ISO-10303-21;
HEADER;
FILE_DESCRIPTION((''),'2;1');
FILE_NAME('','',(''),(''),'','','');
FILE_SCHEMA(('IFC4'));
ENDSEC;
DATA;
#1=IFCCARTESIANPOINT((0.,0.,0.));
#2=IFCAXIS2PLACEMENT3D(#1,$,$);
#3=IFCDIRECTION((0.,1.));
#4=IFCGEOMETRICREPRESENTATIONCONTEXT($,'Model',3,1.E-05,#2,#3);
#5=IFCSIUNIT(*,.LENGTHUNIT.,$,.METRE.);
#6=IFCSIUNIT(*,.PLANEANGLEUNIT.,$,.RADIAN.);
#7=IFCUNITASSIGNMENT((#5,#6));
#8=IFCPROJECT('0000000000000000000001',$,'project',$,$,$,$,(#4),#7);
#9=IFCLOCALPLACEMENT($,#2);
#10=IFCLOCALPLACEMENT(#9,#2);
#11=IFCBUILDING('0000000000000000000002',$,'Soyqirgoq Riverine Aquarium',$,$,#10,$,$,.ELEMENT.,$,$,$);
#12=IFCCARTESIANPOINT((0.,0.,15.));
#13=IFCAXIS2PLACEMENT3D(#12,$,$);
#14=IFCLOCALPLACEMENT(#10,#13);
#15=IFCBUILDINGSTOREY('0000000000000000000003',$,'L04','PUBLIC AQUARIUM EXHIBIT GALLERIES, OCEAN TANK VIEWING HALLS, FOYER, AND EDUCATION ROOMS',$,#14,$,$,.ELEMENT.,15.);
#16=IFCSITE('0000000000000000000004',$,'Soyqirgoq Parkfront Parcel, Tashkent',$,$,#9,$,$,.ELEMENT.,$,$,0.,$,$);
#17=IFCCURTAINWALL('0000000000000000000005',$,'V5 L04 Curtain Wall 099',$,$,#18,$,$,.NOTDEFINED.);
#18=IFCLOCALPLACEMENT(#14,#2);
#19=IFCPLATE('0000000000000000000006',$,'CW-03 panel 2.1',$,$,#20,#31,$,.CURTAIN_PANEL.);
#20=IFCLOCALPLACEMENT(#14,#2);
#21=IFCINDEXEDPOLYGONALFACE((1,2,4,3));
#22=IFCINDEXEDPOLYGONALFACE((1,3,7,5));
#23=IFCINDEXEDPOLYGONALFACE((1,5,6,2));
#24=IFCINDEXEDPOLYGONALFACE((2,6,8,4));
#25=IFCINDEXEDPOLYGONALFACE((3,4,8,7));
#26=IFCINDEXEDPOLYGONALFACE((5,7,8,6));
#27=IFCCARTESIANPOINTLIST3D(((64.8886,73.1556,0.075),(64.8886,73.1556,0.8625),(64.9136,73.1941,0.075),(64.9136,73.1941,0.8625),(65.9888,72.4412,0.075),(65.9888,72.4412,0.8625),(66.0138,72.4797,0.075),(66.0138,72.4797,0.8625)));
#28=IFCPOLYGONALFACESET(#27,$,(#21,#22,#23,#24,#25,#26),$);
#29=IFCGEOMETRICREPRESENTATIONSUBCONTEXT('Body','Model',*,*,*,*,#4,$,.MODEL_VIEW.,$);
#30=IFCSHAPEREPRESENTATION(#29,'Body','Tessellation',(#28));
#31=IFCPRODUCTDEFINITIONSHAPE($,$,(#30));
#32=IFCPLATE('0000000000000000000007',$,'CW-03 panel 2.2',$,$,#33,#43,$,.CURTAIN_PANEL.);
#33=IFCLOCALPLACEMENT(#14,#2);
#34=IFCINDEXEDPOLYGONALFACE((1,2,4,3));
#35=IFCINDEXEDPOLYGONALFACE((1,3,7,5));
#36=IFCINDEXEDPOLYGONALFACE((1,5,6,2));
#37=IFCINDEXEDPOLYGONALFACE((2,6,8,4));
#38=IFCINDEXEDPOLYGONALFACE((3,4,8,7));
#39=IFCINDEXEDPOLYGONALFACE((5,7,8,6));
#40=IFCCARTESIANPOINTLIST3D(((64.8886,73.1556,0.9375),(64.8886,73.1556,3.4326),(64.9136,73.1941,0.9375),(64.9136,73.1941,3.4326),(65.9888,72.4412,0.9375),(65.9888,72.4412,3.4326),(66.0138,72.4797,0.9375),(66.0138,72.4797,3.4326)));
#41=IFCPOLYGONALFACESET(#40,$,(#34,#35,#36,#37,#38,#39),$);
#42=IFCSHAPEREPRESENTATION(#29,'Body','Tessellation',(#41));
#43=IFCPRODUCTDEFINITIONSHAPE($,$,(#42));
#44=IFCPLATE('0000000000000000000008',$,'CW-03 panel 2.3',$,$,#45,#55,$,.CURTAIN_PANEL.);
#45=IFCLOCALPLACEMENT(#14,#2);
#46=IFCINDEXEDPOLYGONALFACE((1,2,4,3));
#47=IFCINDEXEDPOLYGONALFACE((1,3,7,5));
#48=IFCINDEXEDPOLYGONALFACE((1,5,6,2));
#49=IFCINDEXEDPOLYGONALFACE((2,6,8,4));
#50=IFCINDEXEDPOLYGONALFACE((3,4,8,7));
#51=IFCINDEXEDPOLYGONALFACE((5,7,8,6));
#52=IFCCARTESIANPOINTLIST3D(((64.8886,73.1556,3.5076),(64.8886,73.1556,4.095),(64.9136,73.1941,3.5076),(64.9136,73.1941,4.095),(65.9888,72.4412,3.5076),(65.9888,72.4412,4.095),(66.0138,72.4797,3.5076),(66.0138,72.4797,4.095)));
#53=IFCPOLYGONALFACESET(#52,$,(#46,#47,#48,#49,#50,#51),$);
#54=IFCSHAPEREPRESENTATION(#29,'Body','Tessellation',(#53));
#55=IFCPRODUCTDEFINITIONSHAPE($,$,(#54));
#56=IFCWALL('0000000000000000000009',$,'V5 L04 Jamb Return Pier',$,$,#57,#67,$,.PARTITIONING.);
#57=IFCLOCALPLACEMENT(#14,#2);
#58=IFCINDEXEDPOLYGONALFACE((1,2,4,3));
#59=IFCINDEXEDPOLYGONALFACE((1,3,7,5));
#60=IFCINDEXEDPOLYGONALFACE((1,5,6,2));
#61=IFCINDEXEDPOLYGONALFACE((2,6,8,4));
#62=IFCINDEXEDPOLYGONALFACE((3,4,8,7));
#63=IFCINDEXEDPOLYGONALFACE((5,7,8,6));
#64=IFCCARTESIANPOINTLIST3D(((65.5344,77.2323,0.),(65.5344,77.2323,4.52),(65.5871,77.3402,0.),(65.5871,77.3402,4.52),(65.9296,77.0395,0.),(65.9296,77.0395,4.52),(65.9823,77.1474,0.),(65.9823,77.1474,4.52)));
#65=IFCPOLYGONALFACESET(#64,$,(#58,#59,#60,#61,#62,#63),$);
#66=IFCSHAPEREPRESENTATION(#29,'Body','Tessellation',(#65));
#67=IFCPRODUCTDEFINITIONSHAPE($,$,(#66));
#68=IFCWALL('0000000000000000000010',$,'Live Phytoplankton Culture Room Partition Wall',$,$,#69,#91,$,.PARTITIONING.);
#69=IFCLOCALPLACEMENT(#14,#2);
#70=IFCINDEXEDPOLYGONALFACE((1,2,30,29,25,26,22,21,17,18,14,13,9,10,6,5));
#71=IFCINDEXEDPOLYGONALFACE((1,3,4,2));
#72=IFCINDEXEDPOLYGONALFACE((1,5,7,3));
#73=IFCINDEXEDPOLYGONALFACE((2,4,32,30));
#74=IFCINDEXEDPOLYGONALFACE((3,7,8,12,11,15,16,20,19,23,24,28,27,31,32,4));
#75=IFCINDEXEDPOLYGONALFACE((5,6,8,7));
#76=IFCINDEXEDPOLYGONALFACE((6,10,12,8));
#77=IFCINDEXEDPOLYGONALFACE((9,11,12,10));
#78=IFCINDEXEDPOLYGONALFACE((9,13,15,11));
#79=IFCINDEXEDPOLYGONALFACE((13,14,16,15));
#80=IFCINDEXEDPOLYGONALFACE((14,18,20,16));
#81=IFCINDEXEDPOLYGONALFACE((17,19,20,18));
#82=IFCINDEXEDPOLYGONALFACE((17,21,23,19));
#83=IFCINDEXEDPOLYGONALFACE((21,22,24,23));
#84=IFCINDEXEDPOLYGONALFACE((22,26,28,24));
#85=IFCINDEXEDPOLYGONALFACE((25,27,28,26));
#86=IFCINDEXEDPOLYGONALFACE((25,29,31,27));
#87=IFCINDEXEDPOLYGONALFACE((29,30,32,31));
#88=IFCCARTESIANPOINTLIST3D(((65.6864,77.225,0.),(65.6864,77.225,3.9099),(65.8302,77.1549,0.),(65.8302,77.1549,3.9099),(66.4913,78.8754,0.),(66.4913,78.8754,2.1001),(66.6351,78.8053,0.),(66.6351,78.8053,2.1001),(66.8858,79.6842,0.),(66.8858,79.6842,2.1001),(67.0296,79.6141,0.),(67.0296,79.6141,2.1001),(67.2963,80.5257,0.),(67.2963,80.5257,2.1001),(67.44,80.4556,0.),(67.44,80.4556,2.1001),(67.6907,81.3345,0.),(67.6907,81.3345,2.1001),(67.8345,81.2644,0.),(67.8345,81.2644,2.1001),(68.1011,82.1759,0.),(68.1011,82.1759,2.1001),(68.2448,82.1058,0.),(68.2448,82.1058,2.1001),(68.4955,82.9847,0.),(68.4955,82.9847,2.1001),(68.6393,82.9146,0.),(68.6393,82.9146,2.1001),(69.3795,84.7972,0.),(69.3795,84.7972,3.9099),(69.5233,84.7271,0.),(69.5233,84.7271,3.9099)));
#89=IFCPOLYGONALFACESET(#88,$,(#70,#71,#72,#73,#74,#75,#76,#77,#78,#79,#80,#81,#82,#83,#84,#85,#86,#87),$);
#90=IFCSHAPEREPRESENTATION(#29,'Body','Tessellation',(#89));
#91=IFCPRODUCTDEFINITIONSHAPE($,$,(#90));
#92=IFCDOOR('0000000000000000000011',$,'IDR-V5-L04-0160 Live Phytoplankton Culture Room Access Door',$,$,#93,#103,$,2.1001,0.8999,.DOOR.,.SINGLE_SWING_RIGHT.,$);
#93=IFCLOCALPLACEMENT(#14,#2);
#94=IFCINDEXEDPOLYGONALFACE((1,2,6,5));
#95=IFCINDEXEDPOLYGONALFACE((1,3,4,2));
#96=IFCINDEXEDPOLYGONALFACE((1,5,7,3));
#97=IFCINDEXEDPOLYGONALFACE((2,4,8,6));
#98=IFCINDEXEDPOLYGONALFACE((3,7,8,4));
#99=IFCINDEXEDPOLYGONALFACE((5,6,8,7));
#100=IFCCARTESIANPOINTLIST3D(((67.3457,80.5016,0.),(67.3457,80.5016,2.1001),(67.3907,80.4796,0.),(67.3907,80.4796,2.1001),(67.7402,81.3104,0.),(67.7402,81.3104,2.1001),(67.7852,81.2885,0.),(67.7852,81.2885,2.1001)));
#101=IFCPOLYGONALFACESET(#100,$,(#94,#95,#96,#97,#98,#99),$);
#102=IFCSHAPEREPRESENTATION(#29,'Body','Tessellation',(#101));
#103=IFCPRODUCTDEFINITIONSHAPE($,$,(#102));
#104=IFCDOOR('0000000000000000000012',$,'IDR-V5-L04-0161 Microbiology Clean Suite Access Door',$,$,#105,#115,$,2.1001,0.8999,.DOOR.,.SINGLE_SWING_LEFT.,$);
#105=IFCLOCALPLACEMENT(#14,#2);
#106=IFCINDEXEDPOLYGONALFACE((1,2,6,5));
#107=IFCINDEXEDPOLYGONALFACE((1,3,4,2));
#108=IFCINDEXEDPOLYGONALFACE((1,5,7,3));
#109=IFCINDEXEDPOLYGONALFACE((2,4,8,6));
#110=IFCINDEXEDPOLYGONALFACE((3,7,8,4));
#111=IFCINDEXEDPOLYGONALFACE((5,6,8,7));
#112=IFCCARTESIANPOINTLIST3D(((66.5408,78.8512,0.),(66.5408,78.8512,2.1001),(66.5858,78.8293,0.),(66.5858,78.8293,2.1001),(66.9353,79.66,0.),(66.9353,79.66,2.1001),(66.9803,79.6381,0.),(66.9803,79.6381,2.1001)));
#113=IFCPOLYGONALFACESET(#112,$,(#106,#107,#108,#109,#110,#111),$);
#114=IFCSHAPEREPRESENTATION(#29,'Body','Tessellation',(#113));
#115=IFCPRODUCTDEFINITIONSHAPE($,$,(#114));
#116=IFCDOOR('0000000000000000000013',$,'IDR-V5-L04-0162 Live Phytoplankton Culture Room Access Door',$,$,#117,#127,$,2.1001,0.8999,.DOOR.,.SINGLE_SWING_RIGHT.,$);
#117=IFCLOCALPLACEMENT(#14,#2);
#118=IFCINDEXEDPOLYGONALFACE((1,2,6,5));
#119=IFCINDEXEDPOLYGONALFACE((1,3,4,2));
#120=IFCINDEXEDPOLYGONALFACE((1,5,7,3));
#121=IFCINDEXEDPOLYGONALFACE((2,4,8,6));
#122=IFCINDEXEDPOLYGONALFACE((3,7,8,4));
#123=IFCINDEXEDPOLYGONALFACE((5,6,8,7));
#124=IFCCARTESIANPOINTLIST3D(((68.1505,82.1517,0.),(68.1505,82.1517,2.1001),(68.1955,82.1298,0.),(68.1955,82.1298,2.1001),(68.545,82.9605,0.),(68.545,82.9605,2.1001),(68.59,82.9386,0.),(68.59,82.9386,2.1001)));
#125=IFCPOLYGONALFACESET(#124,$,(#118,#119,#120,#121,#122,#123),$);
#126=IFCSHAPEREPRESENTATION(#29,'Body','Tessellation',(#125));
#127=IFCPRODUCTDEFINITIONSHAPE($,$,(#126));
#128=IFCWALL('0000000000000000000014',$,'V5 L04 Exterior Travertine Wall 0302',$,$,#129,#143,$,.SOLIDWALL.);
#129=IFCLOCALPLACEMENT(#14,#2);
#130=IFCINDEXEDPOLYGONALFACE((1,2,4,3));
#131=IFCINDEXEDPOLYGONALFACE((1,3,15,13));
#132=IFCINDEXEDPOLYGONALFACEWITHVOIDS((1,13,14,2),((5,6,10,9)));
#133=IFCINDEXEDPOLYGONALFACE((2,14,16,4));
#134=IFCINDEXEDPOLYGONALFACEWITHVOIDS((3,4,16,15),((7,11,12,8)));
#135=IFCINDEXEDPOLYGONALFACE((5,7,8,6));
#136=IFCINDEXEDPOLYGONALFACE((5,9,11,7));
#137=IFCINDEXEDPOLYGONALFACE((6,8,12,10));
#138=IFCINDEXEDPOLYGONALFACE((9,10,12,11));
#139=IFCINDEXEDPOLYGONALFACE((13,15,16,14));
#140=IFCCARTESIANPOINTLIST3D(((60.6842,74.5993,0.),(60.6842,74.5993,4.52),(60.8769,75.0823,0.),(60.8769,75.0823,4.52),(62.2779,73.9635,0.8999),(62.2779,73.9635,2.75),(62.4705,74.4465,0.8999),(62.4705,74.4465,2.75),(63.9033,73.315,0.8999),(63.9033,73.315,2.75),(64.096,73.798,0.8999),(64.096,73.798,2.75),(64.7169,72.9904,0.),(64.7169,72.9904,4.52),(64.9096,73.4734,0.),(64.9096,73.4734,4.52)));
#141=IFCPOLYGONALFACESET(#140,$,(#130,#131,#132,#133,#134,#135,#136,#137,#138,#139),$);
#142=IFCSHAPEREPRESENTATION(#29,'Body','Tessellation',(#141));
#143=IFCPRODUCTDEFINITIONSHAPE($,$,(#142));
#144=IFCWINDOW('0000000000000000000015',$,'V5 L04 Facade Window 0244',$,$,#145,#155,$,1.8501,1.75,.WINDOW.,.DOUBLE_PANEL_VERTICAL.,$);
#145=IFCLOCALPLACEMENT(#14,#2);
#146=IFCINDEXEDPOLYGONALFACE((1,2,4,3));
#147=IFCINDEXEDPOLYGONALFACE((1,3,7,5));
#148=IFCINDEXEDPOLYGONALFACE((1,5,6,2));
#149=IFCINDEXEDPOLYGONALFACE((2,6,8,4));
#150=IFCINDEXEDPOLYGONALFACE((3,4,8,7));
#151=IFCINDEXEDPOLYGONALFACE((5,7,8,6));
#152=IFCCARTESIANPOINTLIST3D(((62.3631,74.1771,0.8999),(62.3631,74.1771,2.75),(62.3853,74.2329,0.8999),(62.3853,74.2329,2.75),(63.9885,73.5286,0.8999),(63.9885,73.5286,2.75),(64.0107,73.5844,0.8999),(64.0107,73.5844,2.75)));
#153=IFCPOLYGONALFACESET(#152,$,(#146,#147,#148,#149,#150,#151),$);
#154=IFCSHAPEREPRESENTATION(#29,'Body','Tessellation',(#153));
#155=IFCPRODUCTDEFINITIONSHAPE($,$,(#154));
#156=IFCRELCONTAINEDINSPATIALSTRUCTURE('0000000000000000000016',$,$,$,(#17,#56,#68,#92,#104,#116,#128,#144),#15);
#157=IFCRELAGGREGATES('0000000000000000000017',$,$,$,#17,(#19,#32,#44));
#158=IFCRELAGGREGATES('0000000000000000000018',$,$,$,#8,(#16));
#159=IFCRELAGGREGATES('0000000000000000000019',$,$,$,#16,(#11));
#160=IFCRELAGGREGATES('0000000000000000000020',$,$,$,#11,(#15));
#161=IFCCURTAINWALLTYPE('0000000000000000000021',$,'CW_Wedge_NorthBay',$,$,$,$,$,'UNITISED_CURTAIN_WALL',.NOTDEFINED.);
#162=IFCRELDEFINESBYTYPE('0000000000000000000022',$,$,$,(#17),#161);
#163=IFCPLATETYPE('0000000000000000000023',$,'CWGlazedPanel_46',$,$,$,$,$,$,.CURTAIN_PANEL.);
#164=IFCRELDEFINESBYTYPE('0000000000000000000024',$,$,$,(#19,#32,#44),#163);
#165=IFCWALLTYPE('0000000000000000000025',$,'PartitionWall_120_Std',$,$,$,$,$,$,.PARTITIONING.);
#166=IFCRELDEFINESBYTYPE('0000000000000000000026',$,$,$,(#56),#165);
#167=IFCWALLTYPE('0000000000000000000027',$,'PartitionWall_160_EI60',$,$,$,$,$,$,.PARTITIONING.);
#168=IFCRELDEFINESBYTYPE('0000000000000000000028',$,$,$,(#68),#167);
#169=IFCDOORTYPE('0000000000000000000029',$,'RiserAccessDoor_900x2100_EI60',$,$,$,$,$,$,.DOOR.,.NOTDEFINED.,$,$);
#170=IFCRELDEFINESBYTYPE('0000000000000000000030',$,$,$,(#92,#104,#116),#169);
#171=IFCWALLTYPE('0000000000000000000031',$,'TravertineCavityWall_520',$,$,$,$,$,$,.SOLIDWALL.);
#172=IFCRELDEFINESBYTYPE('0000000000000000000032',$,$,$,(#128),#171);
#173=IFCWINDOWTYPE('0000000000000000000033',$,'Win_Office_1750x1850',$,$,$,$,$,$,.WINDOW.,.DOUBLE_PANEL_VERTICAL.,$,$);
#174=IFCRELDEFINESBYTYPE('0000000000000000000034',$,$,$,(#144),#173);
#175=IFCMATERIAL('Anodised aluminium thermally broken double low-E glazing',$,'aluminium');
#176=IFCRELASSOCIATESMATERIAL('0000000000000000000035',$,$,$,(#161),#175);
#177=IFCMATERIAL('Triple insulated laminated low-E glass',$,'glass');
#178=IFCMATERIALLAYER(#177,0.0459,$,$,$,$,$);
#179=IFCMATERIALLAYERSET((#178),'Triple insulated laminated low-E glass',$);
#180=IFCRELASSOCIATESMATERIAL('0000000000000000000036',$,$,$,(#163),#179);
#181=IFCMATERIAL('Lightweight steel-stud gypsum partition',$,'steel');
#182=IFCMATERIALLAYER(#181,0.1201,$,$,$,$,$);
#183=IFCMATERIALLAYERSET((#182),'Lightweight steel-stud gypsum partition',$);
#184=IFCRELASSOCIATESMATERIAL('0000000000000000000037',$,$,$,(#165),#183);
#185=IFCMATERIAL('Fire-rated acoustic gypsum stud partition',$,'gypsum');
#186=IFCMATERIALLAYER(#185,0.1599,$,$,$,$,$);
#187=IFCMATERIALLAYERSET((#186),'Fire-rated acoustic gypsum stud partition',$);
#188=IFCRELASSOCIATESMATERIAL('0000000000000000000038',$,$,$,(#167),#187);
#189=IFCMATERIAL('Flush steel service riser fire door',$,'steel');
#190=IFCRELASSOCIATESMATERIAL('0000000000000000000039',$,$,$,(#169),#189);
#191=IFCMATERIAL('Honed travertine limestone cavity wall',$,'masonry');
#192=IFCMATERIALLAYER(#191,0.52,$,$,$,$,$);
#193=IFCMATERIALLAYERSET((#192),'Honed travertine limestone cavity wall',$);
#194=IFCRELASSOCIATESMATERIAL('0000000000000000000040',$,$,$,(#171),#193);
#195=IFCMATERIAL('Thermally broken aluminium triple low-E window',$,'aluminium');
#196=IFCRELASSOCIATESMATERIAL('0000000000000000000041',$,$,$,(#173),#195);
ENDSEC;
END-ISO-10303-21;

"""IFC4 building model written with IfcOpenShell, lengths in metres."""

from ifc_helpers import new_model, si_unit, direction, frame, frame_2d, origin, origin_2d, place, context, subcontext, project, spatial, rectangle, extrude, material, layer, layer_set, type_object, element, fill, aggregate, save


model = new_model("IFC4")

# Units and contexts
model_context = context("Model", 3, precision=1e-05, world=origin(), true_north=direction((0.0, 1.0)))
body_context = subcontext(model_context, "Body", "Model", "MODEL_VIEW")
ifc_project = project(units=[si_unit("LENGTHUNIT", "METRE"), si_unit("PLANEANGLEUNIT", "RADIAN")], contexts=[model_context])

# Site, building, storey
site_placement = place(None, origin())
site = spatial("IfcSite", under=ifc_project, at=site_placement, Name="Soyqirgoq Parkfront Parcel, Tashkent", CompositionType="ELEMENT", RefElevation=0.0)
building_placement = place(site_placement, origin())
building = spatial("IfcBuilding", under=site, at=building_placement, Name="Soyqirgoq Riverine Aquarium", CompositionType="ELEMENT")
storey_placement = place(building_placement, frame((0.0, 0.0, 15.0)))
storey = spatial("IfcBuildingStorey", under=building, at=storey_placement, Name="L04", Description="PUBLIC AQUARIUM EXHIBIT GALLERIES, OCEAN TANK VIEWING HALLS, FOYER, AND EDUCATION ROOMS", CompositionType="ELEMENT", Elevation=15.0)

# Curtain wall
ifc_material_1 = material(Name="Anodised aluminium thermally broken double low-E glazing", Category="aluminium")
curtain_wall_type_1 = type_object("IfcCurtainWallType", Name="CW_Wedge_NorthBay", ElementType="UNITISED_CURTAIN_WALL", PredefinedType="NOTDEFINED", material=ifc_material_1)
curtain_wall_1_placement = place(storey_placement, origin())
curtain_wall_1 = element("IfcCurtainWall", 1, at=curtain_wall_1_placement, inside=storey, type_object=curtain_wall_type_1, Name="V5 L04 Curtain Wall 099", PredefinedType="NOTDEFINED")

# Plates
ifc_material_2 = material(Name="Triple insulated laminated low-E glass", Category="glass")
ifc_layer_1 = layer(ifc_material_2, 0.0459)
ifc_layer_set_1 = layer_set([ifc_layer_1], Name="Triple insulated laminated low-E glass")
plate_type = type_object("IfcPlateType", Name="CWGlazedPanel_46", PredefinedType="CURTAIN_PANEL", material=ifc_layer_set_1)
plate_1_placement = place(storey_placement, frame((65.4512, 72.8176, 0.075), z_axis=(0.0, 0.0, 1.0), x_axis=(-0.838688, 0.544613, 0.0)))
plate_1 = element("IfcPlate", 2, at=plate_1_placement, type_object=plate_type, Name="CW-03 panel 2.1", PredefinedType="CURTAIN_PANEL", context=body_context, shape_type="SweptSolid", body=[
    extrude(rectangle(XDim=1.3118, YDim=0.0459, at=origin_2d()), origin(), (0.0, 0.0, 1.0), 0.7876),
])
plate_2_placement = place(storey_placement, frame((65.4512, 72.8176, 0.9375), z_axis=(0.0, 0.0, 1.0), x_axis=(-0.838688, 0.544613, 0.0)))
plate_2 = element("IfcPlate", 3, at=plate_2_placement, type_object=plate_type, Name="CW-03 panel 2.2", PredefinedType="CURTAIN_PANEL", context=body_context, shape_type="SweptSolid", body=[
    extrude(rectangle(XDim=1.3118, YDim=0.0459, at=origin_2d()), origin(), (0.0, 0.0, 1.0), 2.4951),
])
plate_3_placement = place(storey_placement, frame((65.4512, 72.8176, 3.5076), z_axis=(0.0, 0.0, 1.0), x_axis=(-0.838688, 0.544613, 0.0)))
plate_3 = element("IfcPlate", 4, at=plate_3_placement, type_object=plate_type, Name="CW-03 panel 2.3", PredefinedType="CURTAIN_PANEL", context=body_context, shape_type="SweptSolid", body=[
    extrude(rectangle(XDim=1.3118, YDim=0.0459, at=origin_2d()), origin(), (0.0, 0.0, 1.0), 0.5874),
])
aggregate(curtain_wall_1, [plate_1, plate_2, plate_3])

# Wall
ifc_material_3 = material(Name="Lightweight steel-stud gypsum partition", Category="steel")
ifc_layer_2 = layer(ifc_material_3, 0.1201)
ifc_layer_set_2 = layer_set([ifc_layer_2], Name="Lightweight steel-stud gypsum partition")
wall_type_1 = type_object("IfcWallType", Name="PartitionWall_120_Std", PredefinedType="PARTITIONING", material=ifc_layer_set_2)
wall_1_placement = place(storey_placement, frame((65.9558, 77.0935, 0.0), z_axis=(0.0, 0.0, 1.0), x_axis=(-0.898715, 0.438533, 0.0)))
element("IfcWall", 5, at=wall_1_placement, inside=storey, type_object=wall_type_1, Name="V5 L04 Jamb Return Pier", PredefinedType="PARTITIONING", context=body_context, shape_type="SweptSolid", body=[
    extrude(rectangle(XDim=0.4397, YDim=0.1201, at=frame_2d((0.2197, 0.0))), origin(), (0.0, 0.0, 1.0), 4.52),
])

# Wall, openings, doors
ifc_material_4 = material(Name="Fire-rated acoustic gypsum stud partition", Category="gypsum")
ifc_layer_3 = layer(ifc_material_4, 0.1599)
ifc_layer_set_3 = layer_set([ifc_layer_3], Name="Fire-rated acoustic gypsum stud partition")
wall_type_2 = type_object("IfcWallType", Name="PartitionWall_160_EI60", PredefinedType="PARTITIONING", material=ifc_layer_set_3)
wall_2_placement = place(storey_placement, frame((65.7583, 77.1899, 0.0), z_axis=(0.0, 0.0, 1.0), x_axis=(0.438359, 0.8988, 0.0)))
wall_2 = element("IfcWall", 6, at=wall_2_placement, inside=storey, type_object=wall_type_2, Name="Live Phytoplankton Culture Room Partition Wall", PredefinedType="PARTITIONING", context=body_context, shape_type="SweptSolid", body=[
    extrude(rectangle(XDim=8.4248, YDim=0.1599, at=frame_2d((4.2124, 0.0))), origin(), (0.0, 0.0, 1.0), 3.9099),
])
opening_1_placement = place(wall_2_placement, frame((3.6724, 0.0, 0.0)))
opening_1 = element("IfcOpeningElement", 7, at=opening_1_placement, cuts=wall_2, PredefinedType="OPENING", context=body_context, shape_type="SweptSolid", body=[
    extrude(rectangle(XDim=0.8999, YDim=2.1001, at=frame_2d((0.45, 1.05))), frame((0.0, 0.0898, 0.0), z_axis=(0.0, -1.0, 0.0), x_axis=(1.0, 0.0, 0.0)), (0.0, 0.0, 1.0), 0.1799),
])
opening_2_placement = place(wall_2_placement, frame((1.8362, 0.0, 0.0)))
opening_2 = element("IfcOpeningElement", 8, at=opening_2_placement, cuts=wall_2, PredefinedType="OPENING", context=body_context, shape_type="SweptSolid", body=[
    extrude(rectangle(XDim=0.8999, YDim=2.1001, at=frame_2d((0.45, 1.05))), frame((0.0, 0.0898, 0.0), z_axis=(0.0, -1.0, 0.0), x_axis=(1.0, 0.0, 0.0)), (0.0, 0.0, 1.0), 0.1799),
])
opening_3_placement = place(wall_2_placement, frame((5.5083, 0.0, 0.0)))
opening_3 = element("IfcOpeningElement", 9, at=opening_3_placement, cuts=wall_2, PredefinedType="OPENING", context=body_context, shape_type="SweptSolid", body=[
    extrude(rectangle(XDim=0.8999, YDim=2.1001, at=frame_2d((0.45, 1.05))), frame((0.0, 0.0898, 0.0), z_axis=(0.0, -1.0, 0.0), x_axis=(1.0, 0.0, 0.0)), (0.0, 0.0, 1.0), 0.1799),
])
ifc_material_5 = material(Name="Flush steel service riser fire door", Category="steel")
door_type = type_object("IfcDoorType", Name="RiserAccessDoor_900x2100_EI60", OperationType="NOTDEFINED", PredefinedType="DOOR", material=ifc_material_5)
door_1_placement = place(opening_1_placement, origin())
door_1 = element("IfcDoor", 10, at=door_1_placement, inside=storey, type_object=door_type, Name="IDR-V5-L04-0160 Live Phytoplankton Culture Room Access Door", OperationType="SINGLE_SWING_RIGHT", OverallHeight=2.1001, OverallWidth=0.8999, PredefinedType="DOOR", context=body_context, shape_type="SweptSolid", body=[
    extrude(rectangle(XDim=0.8999, YDim=2.1001, at=frame_2d((0.45, 1.05))), frame((0.0, 0.0249, 0.0), z_axis=(0.0, -1.0, 0.0), x_axis=(1.0, 0.0, 0.0)), (0.0, 0.0, 1.0), 0.05),
])
fill(opening_1, door_1)
door_2_placement = place(opening_2_placement, origin())
door_2 = element("IfcDoor", 11, at=door_2_placement, inside=storey, type_object=door_type, Name="IDR-V5-L04-0161 Microbiology Clean Suite Access Door", OperationType="SINGLE_SWING_LEFT", OverallHeight=2.1001, OverallWidth=0.8999, PredefinedType="DOOR", context=body_context, shape_type="SweptSolid", body=[
    extrude(rectangle(XDim=0.8999, YDim=2.1001, at=frame_2d((0.45, 1.05))), frame((0.0, 0.0249, 0.0), z_axis=(0.0, -1.0, 0.0), x_axis=(1.0, 0.0, 0.0)), (0.0, 0.0, 1.0), 0.05),
])
fill(opening_2, door_2)
door_3_placement = place(opening_3_placement, origin())
door_3 = element("IfcDoor", 12, at=door_3_placement, inside=storey, type_object=door_type, Name="IDR-V5-L04-0162 Live Phytoplankton Culture Room Access Door", OperationType="SINGLE_SWING_RIGHT", OverallHeight=2.1001, OverallWidth=0.8999, PredefinedType="DOOR", context=body_context, shape_type="SweptSolid", body=[
    extrude(rectangle(XDim=0.8999, YDim=2.1001, at=frame_2d((0.45, 1.05))), frame((0.0, 0.0249, 0.0), z_axis=(0.0, -1.0, 0.0), x_axis=(1.0, 0.0, 0.0)), (0.0, 0.0, 1.0), 0.05),
])
fill(opening_3, door_3)

# Wall, opening, window
ifc_material_6 = material(Name="Honed travertine limestone cavity wall", Category="masonry")
ifc_layer_4 = layer(ifc_material_6, 0.52)
ifc_layer_set_4 = layer_set([ifc_layer_4], Name="Honed travertine limestone cavity wall")
wall_type_3 = type_object("IfcWallType", Name="TravertineCavityWall_520", PredefinedType="SOLIDWALL", material=ifc_layer_set_4)
wall_3_placement = place(storey_placement, frame((64.8132, 73.2319, 0.0), z_axis=(0.0, 0.0, 1.0), x_axis=(-0.92881, 0.370557, 0.0)))
wall_3 = element("IfcWall", 13, at=wall_3_placement, inside=storey, type_object=wall_type_3, Name="V5 L04 Exterior Travertine Wall 0302", PredefinedType="SOLIDWALL", context=body_context, shape_type="SweptSolid", body=[
    extrude(rectangle(XDim=4.3418, YDim=0.52, at=frame_2d((2.1709, 0.0))), origin(), (0.0, 0.0, 1.0), 4.52),
])
opening_4_placement = place(wall_3_placement, frame((0.876, 0.0, 0.8999)))
opening_4 = element("IfcOpeningElement", 14, at=opening_4_placement, cuts=wall_3, PredefinedType="OPENING", context=body_context, shape_type="SweptSolid", body=[
    extrude(rectangle(XDim=1.75, YDim=1.8501, at=frame_2d((0.875, 0.925))), frame((0.0, 0.27, 0.0), z_axis=(0.0, -1.0, 0.0), x_axis=(1.0, 0.0, 0.0)), (0.0, 0.0, 1.0), 0.54),
])
ifc_material_7 = material(Name="Thermally broken aluminium triple low-E window", Category="aluminium")
window_type = type_object("IfcWindowType", Name="Win_Office_1750x1850", PartitioningType="DOUBLE_PANEL_VERTICAL", PredefinedType="WINDOW", material=ifc_material_7)
window_placement = place(opening_4_placement, origin())
window = element("IfcWindow", 15, at=window_placement, inside=storey, type_object=window_type, Name="V5 L04 Facade Window 0244", OverallHeight=1.8501, OverallWidth=1.75, PartitioningType="DOUBLE_PANEL_VERTICAL", PredefinedType="WINDOW", context=body_context, shape_type="SweptSolid", body=[
    extrude(rectangle(XDim=1.75, YDim=1.8501, at=frame_2d((0.875, 0.925))), frame((0.0, 0.03, 0.0), z_axis=(0.0, -1.0, 0.0), x_axis=(1.0, 0.0, 0.0)), (0.0, 0.0, 1.0), 0.0601),
])
fill(opening_4, window)

save(model, "model.ifc")
